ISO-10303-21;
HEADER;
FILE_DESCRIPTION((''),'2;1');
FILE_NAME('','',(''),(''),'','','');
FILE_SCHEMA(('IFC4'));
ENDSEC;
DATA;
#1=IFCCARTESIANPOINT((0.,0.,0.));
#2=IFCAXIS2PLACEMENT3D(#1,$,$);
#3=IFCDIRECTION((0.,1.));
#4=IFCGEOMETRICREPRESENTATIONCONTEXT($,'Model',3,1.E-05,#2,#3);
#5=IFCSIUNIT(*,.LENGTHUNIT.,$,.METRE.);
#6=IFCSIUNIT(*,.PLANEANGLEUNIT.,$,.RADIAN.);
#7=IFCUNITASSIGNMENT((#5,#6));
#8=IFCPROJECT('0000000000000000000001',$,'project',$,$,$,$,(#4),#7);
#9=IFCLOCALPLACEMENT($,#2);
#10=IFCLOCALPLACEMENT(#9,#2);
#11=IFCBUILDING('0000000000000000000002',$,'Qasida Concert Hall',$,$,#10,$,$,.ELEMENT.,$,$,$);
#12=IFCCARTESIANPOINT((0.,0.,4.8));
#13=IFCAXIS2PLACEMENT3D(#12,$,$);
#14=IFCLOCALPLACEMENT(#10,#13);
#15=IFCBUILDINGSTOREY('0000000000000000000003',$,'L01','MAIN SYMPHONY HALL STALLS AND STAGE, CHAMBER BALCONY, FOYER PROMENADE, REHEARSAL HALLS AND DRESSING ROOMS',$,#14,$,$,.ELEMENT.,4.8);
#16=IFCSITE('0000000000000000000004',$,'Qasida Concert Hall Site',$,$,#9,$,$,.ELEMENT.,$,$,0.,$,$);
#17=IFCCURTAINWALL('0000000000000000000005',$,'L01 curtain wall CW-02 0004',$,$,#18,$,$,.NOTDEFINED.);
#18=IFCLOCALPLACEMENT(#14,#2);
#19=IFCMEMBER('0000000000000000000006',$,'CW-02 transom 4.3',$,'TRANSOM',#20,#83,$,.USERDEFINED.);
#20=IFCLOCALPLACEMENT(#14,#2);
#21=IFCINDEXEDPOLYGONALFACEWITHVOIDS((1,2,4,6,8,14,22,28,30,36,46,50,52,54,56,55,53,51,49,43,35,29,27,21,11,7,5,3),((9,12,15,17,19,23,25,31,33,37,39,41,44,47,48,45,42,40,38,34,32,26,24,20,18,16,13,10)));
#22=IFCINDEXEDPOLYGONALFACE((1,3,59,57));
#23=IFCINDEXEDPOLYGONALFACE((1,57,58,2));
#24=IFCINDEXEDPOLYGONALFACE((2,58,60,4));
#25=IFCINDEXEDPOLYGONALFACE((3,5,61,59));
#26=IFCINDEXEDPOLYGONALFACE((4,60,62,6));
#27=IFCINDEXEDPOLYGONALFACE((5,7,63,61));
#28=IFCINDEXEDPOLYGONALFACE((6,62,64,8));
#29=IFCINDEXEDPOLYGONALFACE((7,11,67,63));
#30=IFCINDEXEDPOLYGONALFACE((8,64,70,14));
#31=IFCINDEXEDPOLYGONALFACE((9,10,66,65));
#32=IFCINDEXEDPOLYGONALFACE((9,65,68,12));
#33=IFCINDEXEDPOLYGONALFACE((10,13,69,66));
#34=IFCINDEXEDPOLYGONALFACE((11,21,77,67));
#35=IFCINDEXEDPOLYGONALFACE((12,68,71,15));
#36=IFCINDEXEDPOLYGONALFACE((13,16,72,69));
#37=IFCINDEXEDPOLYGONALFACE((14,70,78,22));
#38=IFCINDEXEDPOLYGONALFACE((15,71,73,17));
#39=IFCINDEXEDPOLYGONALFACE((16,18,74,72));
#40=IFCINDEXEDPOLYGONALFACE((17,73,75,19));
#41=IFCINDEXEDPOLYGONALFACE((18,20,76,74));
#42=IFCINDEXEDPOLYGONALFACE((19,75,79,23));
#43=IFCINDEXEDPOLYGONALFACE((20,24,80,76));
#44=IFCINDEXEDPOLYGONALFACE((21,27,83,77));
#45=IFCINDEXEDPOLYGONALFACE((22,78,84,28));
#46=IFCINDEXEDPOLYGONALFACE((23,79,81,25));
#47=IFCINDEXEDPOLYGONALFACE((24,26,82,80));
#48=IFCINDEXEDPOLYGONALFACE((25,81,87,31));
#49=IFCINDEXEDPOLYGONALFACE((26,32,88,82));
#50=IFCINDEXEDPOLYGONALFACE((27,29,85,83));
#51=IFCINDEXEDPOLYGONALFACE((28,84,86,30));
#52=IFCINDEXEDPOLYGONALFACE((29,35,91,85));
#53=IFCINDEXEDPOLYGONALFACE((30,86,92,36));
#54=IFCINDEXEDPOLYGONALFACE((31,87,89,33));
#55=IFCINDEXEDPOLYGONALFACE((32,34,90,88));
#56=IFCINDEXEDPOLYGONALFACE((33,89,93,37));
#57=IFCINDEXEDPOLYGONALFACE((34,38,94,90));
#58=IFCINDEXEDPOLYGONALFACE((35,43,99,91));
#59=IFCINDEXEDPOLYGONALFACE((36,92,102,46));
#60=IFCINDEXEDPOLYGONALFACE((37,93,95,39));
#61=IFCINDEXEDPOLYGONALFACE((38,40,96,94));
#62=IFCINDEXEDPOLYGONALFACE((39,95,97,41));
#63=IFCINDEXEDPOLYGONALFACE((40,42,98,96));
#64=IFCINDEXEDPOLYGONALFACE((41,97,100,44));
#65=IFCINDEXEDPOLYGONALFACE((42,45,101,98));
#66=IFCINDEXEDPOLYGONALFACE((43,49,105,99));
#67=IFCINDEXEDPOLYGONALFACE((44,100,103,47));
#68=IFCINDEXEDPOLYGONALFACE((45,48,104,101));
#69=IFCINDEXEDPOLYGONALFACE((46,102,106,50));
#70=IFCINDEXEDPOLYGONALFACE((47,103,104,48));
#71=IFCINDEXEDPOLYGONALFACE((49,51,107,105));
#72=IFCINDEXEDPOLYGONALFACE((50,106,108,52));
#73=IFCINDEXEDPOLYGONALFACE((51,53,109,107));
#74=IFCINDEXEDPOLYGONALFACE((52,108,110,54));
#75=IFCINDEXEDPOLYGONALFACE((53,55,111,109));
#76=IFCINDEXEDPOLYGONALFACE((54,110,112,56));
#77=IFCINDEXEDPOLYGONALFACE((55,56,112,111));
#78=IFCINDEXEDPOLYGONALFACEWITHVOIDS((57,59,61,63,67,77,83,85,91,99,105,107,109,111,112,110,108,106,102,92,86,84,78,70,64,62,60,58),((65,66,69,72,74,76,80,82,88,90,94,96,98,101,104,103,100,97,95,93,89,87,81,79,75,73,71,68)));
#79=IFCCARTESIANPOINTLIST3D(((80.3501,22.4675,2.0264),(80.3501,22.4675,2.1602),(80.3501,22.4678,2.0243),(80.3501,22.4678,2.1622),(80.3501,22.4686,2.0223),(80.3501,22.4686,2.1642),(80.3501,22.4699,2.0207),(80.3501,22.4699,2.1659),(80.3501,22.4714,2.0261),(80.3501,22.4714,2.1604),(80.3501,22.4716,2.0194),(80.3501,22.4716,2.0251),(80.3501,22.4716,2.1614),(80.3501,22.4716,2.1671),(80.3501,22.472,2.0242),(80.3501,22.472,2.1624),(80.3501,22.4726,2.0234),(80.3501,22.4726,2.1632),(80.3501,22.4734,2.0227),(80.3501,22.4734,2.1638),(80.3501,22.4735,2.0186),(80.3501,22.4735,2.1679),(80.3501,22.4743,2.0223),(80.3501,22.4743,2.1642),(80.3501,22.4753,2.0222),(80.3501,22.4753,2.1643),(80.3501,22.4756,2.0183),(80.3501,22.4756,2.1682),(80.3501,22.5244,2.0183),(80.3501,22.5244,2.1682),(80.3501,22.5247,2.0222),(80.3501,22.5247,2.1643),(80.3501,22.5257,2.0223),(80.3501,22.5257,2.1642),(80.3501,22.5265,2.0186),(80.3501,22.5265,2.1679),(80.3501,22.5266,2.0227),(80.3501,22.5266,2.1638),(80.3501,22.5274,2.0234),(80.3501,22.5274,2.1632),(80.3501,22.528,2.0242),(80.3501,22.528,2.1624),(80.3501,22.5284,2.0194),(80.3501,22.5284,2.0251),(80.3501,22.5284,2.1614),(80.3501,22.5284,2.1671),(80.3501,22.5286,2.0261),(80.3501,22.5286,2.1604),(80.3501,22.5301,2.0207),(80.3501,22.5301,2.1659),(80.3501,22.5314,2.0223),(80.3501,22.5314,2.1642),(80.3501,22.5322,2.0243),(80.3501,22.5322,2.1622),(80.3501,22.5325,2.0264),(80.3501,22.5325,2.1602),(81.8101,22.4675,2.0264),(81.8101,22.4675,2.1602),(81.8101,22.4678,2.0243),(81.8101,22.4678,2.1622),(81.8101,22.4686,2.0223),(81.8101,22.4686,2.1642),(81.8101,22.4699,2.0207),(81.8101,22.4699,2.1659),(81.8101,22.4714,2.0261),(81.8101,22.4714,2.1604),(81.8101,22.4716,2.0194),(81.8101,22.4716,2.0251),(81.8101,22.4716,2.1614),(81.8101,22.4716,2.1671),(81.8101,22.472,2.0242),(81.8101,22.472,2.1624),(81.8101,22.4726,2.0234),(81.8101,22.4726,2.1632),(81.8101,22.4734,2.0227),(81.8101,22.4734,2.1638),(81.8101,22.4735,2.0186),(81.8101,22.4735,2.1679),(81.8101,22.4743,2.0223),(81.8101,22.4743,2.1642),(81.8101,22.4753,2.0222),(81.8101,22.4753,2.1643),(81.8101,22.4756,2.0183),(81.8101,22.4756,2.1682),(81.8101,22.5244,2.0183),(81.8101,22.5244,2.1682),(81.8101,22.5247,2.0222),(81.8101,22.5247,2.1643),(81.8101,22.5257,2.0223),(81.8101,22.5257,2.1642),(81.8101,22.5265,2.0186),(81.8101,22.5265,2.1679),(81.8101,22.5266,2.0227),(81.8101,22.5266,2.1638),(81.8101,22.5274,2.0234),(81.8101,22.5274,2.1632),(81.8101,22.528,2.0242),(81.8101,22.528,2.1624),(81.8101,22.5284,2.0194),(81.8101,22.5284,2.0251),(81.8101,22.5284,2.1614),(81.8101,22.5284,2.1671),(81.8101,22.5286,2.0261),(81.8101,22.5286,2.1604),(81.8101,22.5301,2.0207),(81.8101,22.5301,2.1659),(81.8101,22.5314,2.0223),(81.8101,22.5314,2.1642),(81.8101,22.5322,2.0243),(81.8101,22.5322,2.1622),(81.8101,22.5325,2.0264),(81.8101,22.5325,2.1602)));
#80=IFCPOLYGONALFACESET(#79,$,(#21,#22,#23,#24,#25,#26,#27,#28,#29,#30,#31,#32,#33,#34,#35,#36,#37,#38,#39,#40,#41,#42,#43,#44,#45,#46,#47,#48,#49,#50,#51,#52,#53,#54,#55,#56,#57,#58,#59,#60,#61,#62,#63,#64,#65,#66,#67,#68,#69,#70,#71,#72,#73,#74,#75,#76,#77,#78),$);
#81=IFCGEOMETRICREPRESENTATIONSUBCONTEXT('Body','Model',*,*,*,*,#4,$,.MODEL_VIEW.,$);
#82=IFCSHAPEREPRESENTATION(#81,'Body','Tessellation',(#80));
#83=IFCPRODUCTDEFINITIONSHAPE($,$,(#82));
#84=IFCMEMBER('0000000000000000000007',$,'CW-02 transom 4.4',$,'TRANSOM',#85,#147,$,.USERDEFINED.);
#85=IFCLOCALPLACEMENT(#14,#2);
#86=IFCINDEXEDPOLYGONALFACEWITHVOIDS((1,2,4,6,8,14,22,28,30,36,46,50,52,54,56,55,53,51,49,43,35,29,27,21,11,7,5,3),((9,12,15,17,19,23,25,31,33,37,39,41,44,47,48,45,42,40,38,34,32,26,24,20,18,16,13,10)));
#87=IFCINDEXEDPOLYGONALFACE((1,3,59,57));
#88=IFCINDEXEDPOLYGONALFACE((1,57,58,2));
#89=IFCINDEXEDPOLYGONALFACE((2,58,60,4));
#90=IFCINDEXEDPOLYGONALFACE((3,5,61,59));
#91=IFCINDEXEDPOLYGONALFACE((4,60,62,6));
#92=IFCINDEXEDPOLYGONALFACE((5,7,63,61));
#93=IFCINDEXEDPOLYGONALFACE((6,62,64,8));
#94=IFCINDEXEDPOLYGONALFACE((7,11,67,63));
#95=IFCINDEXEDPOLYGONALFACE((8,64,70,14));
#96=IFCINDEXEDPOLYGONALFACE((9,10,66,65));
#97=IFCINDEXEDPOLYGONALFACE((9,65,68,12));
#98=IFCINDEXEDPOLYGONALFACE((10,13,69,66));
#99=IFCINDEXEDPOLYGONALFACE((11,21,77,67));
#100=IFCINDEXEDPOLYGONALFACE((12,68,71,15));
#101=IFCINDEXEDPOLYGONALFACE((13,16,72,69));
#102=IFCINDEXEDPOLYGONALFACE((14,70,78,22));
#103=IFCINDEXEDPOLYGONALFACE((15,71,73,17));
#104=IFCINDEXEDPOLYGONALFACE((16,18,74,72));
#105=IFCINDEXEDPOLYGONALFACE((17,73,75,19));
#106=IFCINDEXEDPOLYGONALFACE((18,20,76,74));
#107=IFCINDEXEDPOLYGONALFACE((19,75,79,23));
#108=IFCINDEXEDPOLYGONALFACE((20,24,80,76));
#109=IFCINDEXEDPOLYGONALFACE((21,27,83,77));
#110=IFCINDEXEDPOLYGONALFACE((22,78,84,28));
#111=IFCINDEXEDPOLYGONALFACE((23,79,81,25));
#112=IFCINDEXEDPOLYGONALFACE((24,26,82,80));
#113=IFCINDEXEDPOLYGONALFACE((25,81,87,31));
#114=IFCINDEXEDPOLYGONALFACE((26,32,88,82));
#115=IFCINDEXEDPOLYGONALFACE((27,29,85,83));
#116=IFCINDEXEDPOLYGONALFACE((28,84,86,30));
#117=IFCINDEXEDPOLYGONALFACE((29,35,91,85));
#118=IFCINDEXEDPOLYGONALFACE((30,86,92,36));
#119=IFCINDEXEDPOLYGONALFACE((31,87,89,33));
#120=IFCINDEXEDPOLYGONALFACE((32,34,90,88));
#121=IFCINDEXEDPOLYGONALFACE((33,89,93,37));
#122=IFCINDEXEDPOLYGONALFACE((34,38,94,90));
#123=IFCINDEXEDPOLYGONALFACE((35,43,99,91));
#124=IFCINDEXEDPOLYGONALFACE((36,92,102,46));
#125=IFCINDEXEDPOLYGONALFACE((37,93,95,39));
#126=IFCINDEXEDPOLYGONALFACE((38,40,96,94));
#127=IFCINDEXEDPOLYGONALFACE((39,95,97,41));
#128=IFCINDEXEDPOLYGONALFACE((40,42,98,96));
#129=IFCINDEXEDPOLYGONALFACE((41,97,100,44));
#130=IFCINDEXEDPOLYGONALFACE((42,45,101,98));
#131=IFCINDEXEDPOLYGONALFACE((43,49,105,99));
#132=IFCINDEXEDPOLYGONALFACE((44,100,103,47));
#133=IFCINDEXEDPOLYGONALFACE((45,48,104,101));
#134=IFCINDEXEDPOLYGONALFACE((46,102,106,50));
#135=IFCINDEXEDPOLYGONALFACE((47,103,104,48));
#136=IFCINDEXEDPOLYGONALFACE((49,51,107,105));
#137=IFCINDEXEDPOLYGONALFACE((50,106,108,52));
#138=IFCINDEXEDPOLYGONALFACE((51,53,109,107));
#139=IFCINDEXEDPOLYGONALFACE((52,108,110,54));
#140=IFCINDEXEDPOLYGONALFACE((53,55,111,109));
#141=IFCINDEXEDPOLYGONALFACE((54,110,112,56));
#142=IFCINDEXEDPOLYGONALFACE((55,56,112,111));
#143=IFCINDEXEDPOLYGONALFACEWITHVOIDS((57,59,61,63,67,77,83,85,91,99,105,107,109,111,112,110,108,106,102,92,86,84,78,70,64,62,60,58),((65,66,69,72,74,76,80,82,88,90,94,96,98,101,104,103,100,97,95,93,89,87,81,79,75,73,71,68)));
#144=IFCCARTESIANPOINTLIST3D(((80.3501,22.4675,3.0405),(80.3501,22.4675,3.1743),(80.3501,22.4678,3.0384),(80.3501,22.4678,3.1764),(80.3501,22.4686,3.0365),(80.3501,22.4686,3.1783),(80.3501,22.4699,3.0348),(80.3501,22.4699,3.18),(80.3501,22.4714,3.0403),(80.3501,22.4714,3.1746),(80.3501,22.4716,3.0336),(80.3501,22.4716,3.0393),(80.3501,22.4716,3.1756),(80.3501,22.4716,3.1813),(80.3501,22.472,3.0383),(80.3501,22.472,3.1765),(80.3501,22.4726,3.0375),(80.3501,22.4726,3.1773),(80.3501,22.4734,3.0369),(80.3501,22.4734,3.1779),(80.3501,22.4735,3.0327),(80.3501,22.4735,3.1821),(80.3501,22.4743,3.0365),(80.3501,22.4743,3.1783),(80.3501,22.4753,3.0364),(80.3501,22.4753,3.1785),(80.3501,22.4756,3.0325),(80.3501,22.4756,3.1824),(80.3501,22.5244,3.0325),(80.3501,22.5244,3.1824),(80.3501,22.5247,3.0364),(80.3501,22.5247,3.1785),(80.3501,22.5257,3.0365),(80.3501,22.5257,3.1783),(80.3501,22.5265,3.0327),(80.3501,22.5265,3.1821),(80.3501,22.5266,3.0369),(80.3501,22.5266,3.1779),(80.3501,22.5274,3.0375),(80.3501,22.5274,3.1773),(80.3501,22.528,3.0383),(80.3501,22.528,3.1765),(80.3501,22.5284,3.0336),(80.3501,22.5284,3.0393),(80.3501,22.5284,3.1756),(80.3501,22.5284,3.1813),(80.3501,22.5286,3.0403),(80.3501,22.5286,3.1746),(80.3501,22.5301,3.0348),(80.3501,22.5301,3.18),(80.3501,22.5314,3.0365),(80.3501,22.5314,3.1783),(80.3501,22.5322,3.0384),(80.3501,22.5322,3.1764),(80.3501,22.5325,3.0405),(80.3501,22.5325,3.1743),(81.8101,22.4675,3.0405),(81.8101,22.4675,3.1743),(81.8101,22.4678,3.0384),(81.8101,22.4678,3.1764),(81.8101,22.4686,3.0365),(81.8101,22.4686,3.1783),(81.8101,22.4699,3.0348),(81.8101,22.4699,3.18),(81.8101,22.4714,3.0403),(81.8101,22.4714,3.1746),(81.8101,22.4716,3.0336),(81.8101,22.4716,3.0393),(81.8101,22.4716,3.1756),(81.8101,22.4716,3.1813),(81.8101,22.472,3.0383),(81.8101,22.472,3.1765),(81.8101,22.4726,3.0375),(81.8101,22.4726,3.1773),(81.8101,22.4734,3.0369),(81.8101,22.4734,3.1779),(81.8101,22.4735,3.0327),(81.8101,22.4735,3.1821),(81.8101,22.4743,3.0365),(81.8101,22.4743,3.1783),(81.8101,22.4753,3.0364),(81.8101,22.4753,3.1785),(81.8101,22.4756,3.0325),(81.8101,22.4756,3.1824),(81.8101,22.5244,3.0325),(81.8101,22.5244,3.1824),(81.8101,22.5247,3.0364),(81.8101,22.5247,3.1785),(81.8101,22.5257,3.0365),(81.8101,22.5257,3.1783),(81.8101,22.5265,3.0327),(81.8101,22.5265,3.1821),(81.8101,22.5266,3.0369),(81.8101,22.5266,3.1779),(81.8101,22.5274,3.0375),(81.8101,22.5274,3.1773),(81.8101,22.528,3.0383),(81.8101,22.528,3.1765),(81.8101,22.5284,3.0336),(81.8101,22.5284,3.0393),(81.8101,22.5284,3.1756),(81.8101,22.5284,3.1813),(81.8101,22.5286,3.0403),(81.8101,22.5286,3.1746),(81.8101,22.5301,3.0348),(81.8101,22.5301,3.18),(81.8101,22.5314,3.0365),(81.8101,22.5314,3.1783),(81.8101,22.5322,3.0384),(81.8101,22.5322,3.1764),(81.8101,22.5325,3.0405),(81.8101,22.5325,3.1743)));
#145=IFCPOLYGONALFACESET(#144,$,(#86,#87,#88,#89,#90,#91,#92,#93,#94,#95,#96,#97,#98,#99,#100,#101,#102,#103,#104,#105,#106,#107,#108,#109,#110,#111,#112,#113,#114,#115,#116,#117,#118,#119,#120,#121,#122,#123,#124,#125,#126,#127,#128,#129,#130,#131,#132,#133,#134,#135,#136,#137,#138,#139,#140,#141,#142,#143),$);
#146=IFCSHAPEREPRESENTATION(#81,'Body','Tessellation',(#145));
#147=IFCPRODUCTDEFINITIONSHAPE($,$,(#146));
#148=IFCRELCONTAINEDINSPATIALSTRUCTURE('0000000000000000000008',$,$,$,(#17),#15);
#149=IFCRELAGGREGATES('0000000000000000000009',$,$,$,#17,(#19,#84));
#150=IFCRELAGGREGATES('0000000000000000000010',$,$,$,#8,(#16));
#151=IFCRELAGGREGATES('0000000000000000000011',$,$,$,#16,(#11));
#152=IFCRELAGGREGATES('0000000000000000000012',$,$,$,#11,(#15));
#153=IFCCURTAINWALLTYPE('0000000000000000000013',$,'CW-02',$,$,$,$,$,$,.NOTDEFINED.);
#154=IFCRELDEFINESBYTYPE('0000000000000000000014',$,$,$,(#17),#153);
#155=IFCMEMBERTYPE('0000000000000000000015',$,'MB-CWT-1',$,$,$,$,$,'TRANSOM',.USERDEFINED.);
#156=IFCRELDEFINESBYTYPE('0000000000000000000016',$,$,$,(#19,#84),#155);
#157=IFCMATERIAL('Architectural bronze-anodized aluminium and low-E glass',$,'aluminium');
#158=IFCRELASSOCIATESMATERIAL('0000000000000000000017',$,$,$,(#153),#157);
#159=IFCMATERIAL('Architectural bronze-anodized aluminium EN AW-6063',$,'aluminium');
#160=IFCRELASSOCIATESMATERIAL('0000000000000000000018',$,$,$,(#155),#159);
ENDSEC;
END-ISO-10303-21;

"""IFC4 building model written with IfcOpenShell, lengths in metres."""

from ifc_helpers import new_model, si_unit, direction, frame, origin, origin_2d, place, context, subcontext, project, spatial, hollow_rectangle, extrude, material, material_profile, profile_set, type_object, element, aggregate, save


model = new_model("IFC4")

# Units and contexts
model_context = context("Model", 3, precision=1e-05, world=origin(), true_north=direction((0.0, 1.0)))
body_context = subcontext(model_context, "Body", "Model", "MODEL_VIEW")
ifc_project = project(units=[si_unit("LENGTHUNIT", "METRE"), si_unit("PLANEANGLEUNIT", "RADIAN")], contexts=[model_context])

# Site, building, storey
site_placement = place(None, origin())
site = spatial("IfcSite", under=ifc_project, at=site_placement, Name="Qasida Concert Hall Site", CompositionType="ELEMENT", RefElevation=0.0)
building_placement = place(site_placement, origin())
building = spatial("IfcBuilding", under=site, at=building_placement, Name="Qasida Concert Hall", CompositionType="ELEMENT")
storey_placement = place(building_placement, frame((0.0, 0.0, 4.8)))
storey = spatial("IfcBuildingStorey", under=building, at=storey_placement, Name="L01", Description="MAIN SYMPHONY HALL STALLS AND STAGE, CHAMBER BALCONY, FOYER PROMENADE, REHEARSAL HALLS AND DRESSING ROOMS", CompositionType="ELEMENT", Elevation=4.8)

# Curtain wall
ifc_material_1 = material(Name="Architectural bronze-anodized aluminium and low-E glass", Category="aluminium")
curtain_wall_type = type_object("IfcCurtainWallType", Name="CW-02", PredefinedType="NOTDEFINED", material=ifc_material_1)
curtain_wall_1_placement = place(storey_placement, origin())
curtain_wall_1 = element("IfcCurtainWall", 1, at=curtain_wall_1_placement, inside=storey, type_object=curtain_wall_type, Name="L01 curtain wall CW-02 0004", PredefinedType="NOTDEFINED")
ifc_material_2 = material(Name="Architectural bronze-anodized aluminium EN AW-6063", Category="aluminium")

# Members
ifc_material_profile_1 = material_profile(ifc_material_2, hollow_rectangle(XDim=0.0649, YDim=0.1499, WallThickness=0.0039, InnerFilletRadius=0.0039, OuterFilletRadius=0.0081, at=origin_2d()), Name="CWT 150x65x4")
ifc_profile_set_1 = profile_set([ifc_material_profile_1], Name="Architectural bronze-anodized aluminium EN AW-6063")
member_type_1 = type_object("IfcMemberType", Name="MB-CWT-1", ElementType="TRANSOM", PredefinedType="USERDEFINED", material=ifc_profile_set_1)
member_1_placement = place(storey_placement, frame((80.3501, 22.5, 2.0933), z_axis=(1.0, 0.0, 0.0), x_axis=(0.0, 1.0, 0.0)))
member_1 = element("IfcMember", 2, at=member_1_placement, type_object=member_type_1, Name="CW-02 transom 4.3", ObjectType="TRANSOM", PredefinedType="USERDEFINED", context=body_context, shape_type="SweptSolid", body=[
    extrude(hollow_rectangle(XDim=0.0649, YDim=0.1499, WallThickness=0.0039, InnerFilletRadius=0.0039, OuterFilletRadius=0.0081, at=origin_2d()), origin(), (0.0, 0.0, 1.0), 1.46),
])
member_2_placement = place(storey_placement, frame((80.3501, 22.5, 3.1074), z_axis=(1.0, 0.0, 0.0), x_axis=(0.0, 1.0, 0.0)))
member_2 = element("IfcMember", 3, at=member_2_placement, type_object=member_type_1, Name="CW-02 transom 4.4", ObjectType="TRANSOM", PredefinedType="USERDEFINED", context=body_context, shape_type="SweptSolid", body=[
    extrude(hollow_rectangle(XDim=0.0649, YDim=0.1499, WallThickness=0.0039, InnerFilletRadius=0.0039, OuterFilletRadius=0.0081, at=origin_2d()), origin(), (0.0, 0.0, 1.0), 1.46),
])

aggregate(curtain_wall_1, [member_1, member_2])

save(model, "model.ifc")
